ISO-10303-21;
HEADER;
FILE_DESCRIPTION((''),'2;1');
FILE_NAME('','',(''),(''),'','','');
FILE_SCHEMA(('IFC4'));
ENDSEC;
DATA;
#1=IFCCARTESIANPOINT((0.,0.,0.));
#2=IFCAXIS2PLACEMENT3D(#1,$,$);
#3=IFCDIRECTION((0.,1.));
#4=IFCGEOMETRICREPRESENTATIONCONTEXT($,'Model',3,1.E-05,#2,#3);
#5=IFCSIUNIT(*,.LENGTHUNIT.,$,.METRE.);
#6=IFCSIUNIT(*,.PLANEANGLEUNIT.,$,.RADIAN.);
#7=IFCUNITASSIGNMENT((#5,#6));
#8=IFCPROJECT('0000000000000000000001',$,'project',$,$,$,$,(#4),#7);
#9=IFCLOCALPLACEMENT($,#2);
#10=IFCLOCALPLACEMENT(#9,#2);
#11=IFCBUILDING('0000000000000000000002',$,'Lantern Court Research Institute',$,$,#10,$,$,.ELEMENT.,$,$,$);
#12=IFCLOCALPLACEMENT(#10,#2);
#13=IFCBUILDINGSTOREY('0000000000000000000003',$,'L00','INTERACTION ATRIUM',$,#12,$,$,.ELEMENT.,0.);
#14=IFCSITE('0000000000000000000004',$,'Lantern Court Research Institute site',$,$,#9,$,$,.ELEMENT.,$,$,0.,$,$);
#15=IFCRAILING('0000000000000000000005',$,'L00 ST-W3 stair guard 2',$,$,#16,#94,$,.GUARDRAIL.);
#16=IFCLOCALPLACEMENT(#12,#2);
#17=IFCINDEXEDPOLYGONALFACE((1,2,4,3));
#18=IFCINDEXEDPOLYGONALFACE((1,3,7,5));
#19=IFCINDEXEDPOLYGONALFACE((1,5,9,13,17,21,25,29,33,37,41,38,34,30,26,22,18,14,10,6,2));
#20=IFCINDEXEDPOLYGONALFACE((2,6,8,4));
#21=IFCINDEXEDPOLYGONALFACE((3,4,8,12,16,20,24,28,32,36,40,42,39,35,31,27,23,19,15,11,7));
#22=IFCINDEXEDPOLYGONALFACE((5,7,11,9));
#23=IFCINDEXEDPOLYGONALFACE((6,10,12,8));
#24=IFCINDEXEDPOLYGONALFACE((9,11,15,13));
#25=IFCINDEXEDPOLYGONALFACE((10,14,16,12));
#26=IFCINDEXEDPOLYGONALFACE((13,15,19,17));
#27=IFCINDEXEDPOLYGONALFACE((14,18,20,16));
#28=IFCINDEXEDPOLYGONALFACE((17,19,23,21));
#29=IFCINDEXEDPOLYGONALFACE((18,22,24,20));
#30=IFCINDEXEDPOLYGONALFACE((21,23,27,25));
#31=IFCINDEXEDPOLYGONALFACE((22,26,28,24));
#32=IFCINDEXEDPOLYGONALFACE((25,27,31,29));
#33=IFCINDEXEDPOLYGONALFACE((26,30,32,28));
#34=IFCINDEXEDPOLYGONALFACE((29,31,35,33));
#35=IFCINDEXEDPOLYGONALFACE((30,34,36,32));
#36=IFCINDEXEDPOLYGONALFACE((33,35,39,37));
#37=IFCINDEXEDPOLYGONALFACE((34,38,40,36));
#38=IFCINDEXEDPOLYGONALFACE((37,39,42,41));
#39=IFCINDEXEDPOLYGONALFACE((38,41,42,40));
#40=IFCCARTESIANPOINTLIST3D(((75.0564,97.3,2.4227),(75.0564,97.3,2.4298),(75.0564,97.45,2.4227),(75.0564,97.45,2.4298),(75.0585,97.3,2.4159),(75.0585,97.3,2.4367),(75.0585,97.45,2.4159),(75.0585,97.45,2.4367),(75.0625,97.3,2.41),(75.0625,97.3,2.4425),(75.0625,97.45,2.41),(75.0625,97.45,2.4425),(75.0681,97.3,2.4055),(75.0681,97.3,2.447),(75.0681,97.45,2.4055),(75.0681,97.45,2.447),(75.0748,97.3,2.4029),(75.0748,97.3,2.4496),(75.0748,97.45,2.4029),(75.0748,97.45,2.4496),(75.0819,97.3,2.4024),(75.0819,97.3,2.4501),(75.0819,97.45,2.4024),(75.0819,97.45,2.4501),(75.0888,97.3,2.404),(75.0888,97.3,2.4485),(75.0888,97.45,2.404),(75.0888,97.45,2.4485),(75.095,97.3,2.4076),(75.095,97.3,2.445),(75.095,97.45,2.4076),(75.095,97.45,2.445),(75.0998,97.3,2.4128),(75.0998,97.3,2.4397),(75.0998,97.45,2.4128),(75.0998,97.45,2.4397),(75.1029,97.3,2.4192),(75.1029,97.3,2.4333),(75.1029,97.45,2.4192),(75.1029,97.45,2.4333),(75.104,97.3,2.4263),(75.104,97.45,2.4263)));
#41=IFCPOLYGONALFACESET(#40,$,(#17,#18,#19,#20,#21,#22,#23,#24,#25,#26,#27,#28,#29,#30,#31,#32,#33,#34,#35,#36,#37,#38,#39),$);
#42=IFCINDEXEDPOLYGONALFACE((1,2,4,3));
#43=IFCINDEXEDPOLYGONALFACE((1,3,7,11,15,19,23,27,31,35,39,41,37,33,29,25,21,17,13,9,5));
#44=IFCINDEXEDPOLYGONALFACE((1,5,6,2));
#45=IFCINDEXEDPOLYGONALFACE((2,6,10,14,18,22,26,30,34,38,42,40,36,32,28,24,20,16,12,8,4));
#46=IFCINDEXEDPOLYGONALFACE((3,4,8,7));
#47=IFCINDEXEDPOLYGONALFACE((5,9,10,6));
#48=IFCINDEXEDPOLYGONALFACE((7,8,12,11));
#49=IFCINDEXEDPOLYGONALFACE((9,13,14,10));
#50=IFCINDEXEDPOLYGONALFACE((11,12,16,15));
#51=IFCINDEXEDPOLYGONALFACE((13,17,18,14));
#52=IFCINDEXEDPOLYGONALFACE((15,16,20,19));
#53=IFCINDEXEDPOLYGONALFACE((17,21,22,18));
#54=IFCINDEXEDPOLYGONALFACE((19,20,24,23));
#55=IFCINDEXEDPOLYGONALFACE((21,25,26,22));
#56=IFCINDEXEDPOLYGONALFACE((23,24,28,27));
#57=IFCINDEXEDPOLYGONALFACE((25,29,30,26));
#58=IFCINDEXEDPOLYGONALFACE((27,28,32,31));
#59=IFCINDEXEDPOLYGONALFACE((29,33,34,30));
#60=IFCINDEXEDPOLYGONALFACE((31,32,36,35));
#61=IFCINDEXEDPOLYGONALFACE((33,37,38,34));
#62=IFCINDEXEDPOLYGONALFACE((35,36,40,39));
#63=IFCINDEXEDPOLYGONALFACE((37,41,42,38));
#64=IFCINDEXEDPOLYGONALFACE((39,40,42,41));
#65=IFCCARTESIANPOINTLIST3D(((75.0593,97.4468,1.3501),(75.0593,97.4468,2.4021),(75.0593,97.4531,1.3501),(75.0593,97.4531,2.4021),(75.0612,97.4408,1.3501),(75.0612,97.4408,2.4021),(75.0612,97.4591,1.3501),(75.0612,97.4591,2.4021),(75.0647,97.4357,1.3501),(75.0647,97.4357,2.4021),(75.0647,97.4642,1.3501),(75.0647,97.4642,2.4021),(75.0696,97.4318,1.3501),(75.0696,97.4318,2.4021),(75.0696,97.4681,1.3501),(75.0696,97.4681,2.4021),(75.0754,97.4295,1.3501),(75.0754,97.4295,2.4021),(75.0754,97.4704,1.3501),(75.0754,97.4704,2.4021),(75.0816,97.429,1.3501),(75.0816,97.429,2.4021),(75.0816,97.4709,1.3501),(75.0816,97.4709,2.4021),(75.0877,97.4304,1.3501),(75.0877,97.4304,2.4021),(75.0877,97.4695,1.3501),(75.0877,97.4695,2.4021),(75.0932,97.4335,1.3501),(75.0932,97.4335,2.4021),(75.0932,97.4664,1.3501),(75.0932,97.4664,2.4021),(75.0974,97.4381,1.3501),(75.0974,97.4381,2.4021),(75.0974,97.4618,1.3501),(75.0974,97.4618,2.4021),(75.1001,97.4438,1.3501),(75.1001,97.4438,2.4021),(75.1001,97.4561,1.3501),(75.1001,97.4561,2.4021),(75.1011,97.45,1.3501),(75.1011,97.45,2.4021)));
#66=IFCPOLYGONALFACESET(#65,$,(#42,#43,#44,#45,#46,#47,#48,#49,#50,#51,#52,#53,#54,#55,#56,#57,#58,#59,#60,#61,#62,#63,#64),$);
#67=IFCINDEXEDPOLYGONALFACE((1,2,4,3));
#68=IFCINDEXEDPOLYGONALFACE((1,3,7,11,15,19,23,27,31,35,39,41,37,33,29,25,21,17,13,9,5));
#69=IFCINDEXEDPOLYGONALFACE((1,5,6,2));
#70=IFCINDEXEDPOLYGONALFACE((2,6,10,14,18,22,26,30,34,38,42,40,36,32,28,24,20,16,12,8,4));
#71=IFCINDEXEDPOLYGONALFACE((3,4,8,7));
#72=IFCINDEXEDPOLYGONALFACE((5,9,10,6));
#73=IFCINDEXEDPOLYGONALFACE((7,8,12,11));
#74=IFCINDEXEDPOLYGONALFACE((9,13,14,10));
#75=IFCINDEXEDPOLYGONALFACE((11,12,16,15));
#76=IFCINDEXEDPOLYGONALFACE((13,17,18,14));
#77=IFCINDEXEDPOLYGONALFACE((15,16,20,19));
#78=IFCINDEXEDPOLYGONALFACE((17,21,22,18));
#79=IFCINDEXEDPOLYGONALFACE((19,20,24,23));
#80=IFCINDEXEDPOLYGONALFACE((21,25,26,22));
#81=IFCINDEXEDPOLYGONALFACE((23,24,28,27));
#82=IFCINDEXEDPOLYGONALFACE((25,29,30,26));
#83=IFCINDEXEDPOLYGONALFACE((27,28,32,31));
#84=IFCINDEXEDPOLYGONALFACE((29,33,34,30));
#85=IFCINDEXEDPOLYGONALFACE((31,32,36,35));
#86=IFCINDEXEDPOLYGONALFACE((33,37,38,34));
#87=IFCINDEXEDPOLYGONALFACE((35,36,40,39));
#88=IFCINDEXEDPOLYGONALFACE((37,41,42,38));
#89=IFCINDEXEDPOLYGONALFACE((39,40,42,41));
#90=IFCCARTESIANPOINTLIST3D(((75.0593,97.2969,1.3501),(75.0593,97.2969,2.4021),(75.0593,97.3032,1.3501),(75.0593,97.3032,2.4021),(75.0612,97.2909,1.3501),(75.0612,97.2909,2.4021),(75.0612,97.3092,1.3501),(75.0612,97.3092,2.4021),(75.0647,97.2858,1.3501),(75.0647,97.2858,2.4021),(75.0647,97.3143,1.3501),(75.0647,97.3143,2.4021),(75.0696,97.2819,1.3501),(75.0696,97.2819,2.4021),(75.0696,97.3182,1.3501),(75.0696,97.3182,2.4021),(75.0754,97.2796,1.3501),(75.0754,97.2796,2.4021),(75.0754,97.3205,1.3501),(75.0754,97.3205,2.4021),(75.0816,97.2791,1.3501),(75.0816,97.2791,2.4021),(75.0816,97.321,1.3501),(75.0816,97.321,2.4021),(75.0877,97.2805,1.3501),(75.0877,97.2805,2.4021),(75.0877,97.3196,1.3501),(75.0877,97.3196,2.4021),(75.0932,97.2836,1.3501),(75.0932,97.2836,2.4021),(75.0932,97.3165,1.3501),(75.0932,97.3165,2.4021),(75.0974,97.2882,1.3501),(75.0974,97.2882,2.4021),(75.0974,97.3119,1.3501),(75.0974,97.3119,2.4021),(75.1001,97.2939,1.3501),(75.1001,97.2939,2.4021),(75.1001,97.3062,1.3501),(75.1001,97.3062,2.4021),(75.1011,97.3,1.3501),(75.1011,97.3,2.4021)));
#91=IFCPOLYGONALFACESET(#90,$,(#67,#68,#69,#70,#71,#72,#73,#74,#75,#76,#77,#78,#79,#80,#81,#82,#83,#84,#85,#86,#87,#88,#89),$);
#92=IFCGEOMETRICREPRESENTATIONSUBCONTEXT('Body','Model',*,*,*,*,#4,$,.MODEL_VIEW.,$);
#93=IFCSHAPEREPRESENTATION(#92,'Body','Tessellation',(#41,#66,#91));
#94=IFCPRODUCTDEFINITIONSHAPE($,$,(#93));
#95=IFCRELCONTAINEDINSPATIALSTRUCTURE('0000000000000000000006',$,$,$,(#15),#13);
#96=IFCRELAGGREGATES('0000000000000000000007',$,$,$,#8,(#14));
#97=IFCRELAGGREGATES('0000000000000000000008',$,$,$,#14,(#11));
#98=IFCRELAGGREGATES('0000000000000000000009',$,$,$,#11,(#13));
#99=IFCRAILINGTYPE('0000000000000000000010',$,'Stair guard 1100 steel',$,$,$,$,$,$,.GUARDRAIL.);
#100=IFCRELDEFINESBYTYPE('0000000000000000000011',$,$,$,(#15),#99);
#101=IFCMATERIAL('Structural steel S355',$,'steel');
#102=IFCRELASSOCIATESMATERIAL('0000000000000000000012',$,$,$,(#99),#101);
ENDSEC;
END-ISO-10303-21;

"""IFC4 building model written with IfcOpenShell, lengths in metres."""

from ifc_helpers import new_model, si_unit, direction, frame, origin, origin_2d, place, context, subcontext, project, spatial, circle, extrude, material, type_object, element, save


model = new_model("IFC4")

# Units and contexts
model_context = context("Model", 3, precision=1e-05, world=origin(), true_north=direction((0.0, 1.0)))
body_context = subcontext(model_context, "Body", "Model", "MODEL_VIEW")
ifc_project = project(units=[si_unit("LENGTHUNIT", "METRE"), si_unit("PLANEANGLEUNIT", "RADIAN")], contexts=[model_context])

# Site, building, storey
site_placement = place(None, origin())
site = spatial("IfcSite", under=ifc_project, at=site_placement, Name="Lantern Court Research Institute site", CompositionType="ELEMENT", RefElevation=0.0)
building_placement = place(site_placement, origin())
building = spatial("IfcBuilding", under=site, at=building_placement, Name="Lantern Court Research Institute", CompositionType="ELEMENT")
storey_placement = place(building_placement, origin())
storey = spatial("IfcBuildingStorey", under=building, at=storey_placement, Name="L00", Description="INTERACTION ATRIUM", CompositionType="ELEMENT", Elevation=0.0)

# Railing
ifc_material_1 = material(Name="Structural steel S355", Category="steel")
railing_type_1 = type_object("IfcRailingType", Name="Stair guard 1100 steel", PredefinedType="GUARDRAIL", material=ifc_material_1)
railing_1_placement = place(storey_placement, frame((75.0801, 97.45, 1.3501)))
element("IfcRailing", 1, at=railing_1_placement, inside=storey, type_object=railing_type_1, Name="L00 ST-W3 stair guard 2", PredefinedType="GUARDRAIL", context=body_context, shape_type="SweptSolid", body=[
    extrude(circle(Radius=0.0239, at=origin_2d()), frame((0.0, 0.0, 1.0762), z_axis=(0.0, -1.0, 0.0), x_axis=(1.0, 0.0, 0.0)), (0.0, 0.0, 1.0), 0.1499),
    extrude(circle(Radius=0.021, at=origin_2d()), origin(), (0.0, 0.0, 1.0), 1.052),
    extrude(circle(Radius=0.021, at=origin_2d()), frame((0.0, -0.1499, 0.0)), (0.0, 0.0, 1.0), 1.052),
])

save(model, "model.ifc")
